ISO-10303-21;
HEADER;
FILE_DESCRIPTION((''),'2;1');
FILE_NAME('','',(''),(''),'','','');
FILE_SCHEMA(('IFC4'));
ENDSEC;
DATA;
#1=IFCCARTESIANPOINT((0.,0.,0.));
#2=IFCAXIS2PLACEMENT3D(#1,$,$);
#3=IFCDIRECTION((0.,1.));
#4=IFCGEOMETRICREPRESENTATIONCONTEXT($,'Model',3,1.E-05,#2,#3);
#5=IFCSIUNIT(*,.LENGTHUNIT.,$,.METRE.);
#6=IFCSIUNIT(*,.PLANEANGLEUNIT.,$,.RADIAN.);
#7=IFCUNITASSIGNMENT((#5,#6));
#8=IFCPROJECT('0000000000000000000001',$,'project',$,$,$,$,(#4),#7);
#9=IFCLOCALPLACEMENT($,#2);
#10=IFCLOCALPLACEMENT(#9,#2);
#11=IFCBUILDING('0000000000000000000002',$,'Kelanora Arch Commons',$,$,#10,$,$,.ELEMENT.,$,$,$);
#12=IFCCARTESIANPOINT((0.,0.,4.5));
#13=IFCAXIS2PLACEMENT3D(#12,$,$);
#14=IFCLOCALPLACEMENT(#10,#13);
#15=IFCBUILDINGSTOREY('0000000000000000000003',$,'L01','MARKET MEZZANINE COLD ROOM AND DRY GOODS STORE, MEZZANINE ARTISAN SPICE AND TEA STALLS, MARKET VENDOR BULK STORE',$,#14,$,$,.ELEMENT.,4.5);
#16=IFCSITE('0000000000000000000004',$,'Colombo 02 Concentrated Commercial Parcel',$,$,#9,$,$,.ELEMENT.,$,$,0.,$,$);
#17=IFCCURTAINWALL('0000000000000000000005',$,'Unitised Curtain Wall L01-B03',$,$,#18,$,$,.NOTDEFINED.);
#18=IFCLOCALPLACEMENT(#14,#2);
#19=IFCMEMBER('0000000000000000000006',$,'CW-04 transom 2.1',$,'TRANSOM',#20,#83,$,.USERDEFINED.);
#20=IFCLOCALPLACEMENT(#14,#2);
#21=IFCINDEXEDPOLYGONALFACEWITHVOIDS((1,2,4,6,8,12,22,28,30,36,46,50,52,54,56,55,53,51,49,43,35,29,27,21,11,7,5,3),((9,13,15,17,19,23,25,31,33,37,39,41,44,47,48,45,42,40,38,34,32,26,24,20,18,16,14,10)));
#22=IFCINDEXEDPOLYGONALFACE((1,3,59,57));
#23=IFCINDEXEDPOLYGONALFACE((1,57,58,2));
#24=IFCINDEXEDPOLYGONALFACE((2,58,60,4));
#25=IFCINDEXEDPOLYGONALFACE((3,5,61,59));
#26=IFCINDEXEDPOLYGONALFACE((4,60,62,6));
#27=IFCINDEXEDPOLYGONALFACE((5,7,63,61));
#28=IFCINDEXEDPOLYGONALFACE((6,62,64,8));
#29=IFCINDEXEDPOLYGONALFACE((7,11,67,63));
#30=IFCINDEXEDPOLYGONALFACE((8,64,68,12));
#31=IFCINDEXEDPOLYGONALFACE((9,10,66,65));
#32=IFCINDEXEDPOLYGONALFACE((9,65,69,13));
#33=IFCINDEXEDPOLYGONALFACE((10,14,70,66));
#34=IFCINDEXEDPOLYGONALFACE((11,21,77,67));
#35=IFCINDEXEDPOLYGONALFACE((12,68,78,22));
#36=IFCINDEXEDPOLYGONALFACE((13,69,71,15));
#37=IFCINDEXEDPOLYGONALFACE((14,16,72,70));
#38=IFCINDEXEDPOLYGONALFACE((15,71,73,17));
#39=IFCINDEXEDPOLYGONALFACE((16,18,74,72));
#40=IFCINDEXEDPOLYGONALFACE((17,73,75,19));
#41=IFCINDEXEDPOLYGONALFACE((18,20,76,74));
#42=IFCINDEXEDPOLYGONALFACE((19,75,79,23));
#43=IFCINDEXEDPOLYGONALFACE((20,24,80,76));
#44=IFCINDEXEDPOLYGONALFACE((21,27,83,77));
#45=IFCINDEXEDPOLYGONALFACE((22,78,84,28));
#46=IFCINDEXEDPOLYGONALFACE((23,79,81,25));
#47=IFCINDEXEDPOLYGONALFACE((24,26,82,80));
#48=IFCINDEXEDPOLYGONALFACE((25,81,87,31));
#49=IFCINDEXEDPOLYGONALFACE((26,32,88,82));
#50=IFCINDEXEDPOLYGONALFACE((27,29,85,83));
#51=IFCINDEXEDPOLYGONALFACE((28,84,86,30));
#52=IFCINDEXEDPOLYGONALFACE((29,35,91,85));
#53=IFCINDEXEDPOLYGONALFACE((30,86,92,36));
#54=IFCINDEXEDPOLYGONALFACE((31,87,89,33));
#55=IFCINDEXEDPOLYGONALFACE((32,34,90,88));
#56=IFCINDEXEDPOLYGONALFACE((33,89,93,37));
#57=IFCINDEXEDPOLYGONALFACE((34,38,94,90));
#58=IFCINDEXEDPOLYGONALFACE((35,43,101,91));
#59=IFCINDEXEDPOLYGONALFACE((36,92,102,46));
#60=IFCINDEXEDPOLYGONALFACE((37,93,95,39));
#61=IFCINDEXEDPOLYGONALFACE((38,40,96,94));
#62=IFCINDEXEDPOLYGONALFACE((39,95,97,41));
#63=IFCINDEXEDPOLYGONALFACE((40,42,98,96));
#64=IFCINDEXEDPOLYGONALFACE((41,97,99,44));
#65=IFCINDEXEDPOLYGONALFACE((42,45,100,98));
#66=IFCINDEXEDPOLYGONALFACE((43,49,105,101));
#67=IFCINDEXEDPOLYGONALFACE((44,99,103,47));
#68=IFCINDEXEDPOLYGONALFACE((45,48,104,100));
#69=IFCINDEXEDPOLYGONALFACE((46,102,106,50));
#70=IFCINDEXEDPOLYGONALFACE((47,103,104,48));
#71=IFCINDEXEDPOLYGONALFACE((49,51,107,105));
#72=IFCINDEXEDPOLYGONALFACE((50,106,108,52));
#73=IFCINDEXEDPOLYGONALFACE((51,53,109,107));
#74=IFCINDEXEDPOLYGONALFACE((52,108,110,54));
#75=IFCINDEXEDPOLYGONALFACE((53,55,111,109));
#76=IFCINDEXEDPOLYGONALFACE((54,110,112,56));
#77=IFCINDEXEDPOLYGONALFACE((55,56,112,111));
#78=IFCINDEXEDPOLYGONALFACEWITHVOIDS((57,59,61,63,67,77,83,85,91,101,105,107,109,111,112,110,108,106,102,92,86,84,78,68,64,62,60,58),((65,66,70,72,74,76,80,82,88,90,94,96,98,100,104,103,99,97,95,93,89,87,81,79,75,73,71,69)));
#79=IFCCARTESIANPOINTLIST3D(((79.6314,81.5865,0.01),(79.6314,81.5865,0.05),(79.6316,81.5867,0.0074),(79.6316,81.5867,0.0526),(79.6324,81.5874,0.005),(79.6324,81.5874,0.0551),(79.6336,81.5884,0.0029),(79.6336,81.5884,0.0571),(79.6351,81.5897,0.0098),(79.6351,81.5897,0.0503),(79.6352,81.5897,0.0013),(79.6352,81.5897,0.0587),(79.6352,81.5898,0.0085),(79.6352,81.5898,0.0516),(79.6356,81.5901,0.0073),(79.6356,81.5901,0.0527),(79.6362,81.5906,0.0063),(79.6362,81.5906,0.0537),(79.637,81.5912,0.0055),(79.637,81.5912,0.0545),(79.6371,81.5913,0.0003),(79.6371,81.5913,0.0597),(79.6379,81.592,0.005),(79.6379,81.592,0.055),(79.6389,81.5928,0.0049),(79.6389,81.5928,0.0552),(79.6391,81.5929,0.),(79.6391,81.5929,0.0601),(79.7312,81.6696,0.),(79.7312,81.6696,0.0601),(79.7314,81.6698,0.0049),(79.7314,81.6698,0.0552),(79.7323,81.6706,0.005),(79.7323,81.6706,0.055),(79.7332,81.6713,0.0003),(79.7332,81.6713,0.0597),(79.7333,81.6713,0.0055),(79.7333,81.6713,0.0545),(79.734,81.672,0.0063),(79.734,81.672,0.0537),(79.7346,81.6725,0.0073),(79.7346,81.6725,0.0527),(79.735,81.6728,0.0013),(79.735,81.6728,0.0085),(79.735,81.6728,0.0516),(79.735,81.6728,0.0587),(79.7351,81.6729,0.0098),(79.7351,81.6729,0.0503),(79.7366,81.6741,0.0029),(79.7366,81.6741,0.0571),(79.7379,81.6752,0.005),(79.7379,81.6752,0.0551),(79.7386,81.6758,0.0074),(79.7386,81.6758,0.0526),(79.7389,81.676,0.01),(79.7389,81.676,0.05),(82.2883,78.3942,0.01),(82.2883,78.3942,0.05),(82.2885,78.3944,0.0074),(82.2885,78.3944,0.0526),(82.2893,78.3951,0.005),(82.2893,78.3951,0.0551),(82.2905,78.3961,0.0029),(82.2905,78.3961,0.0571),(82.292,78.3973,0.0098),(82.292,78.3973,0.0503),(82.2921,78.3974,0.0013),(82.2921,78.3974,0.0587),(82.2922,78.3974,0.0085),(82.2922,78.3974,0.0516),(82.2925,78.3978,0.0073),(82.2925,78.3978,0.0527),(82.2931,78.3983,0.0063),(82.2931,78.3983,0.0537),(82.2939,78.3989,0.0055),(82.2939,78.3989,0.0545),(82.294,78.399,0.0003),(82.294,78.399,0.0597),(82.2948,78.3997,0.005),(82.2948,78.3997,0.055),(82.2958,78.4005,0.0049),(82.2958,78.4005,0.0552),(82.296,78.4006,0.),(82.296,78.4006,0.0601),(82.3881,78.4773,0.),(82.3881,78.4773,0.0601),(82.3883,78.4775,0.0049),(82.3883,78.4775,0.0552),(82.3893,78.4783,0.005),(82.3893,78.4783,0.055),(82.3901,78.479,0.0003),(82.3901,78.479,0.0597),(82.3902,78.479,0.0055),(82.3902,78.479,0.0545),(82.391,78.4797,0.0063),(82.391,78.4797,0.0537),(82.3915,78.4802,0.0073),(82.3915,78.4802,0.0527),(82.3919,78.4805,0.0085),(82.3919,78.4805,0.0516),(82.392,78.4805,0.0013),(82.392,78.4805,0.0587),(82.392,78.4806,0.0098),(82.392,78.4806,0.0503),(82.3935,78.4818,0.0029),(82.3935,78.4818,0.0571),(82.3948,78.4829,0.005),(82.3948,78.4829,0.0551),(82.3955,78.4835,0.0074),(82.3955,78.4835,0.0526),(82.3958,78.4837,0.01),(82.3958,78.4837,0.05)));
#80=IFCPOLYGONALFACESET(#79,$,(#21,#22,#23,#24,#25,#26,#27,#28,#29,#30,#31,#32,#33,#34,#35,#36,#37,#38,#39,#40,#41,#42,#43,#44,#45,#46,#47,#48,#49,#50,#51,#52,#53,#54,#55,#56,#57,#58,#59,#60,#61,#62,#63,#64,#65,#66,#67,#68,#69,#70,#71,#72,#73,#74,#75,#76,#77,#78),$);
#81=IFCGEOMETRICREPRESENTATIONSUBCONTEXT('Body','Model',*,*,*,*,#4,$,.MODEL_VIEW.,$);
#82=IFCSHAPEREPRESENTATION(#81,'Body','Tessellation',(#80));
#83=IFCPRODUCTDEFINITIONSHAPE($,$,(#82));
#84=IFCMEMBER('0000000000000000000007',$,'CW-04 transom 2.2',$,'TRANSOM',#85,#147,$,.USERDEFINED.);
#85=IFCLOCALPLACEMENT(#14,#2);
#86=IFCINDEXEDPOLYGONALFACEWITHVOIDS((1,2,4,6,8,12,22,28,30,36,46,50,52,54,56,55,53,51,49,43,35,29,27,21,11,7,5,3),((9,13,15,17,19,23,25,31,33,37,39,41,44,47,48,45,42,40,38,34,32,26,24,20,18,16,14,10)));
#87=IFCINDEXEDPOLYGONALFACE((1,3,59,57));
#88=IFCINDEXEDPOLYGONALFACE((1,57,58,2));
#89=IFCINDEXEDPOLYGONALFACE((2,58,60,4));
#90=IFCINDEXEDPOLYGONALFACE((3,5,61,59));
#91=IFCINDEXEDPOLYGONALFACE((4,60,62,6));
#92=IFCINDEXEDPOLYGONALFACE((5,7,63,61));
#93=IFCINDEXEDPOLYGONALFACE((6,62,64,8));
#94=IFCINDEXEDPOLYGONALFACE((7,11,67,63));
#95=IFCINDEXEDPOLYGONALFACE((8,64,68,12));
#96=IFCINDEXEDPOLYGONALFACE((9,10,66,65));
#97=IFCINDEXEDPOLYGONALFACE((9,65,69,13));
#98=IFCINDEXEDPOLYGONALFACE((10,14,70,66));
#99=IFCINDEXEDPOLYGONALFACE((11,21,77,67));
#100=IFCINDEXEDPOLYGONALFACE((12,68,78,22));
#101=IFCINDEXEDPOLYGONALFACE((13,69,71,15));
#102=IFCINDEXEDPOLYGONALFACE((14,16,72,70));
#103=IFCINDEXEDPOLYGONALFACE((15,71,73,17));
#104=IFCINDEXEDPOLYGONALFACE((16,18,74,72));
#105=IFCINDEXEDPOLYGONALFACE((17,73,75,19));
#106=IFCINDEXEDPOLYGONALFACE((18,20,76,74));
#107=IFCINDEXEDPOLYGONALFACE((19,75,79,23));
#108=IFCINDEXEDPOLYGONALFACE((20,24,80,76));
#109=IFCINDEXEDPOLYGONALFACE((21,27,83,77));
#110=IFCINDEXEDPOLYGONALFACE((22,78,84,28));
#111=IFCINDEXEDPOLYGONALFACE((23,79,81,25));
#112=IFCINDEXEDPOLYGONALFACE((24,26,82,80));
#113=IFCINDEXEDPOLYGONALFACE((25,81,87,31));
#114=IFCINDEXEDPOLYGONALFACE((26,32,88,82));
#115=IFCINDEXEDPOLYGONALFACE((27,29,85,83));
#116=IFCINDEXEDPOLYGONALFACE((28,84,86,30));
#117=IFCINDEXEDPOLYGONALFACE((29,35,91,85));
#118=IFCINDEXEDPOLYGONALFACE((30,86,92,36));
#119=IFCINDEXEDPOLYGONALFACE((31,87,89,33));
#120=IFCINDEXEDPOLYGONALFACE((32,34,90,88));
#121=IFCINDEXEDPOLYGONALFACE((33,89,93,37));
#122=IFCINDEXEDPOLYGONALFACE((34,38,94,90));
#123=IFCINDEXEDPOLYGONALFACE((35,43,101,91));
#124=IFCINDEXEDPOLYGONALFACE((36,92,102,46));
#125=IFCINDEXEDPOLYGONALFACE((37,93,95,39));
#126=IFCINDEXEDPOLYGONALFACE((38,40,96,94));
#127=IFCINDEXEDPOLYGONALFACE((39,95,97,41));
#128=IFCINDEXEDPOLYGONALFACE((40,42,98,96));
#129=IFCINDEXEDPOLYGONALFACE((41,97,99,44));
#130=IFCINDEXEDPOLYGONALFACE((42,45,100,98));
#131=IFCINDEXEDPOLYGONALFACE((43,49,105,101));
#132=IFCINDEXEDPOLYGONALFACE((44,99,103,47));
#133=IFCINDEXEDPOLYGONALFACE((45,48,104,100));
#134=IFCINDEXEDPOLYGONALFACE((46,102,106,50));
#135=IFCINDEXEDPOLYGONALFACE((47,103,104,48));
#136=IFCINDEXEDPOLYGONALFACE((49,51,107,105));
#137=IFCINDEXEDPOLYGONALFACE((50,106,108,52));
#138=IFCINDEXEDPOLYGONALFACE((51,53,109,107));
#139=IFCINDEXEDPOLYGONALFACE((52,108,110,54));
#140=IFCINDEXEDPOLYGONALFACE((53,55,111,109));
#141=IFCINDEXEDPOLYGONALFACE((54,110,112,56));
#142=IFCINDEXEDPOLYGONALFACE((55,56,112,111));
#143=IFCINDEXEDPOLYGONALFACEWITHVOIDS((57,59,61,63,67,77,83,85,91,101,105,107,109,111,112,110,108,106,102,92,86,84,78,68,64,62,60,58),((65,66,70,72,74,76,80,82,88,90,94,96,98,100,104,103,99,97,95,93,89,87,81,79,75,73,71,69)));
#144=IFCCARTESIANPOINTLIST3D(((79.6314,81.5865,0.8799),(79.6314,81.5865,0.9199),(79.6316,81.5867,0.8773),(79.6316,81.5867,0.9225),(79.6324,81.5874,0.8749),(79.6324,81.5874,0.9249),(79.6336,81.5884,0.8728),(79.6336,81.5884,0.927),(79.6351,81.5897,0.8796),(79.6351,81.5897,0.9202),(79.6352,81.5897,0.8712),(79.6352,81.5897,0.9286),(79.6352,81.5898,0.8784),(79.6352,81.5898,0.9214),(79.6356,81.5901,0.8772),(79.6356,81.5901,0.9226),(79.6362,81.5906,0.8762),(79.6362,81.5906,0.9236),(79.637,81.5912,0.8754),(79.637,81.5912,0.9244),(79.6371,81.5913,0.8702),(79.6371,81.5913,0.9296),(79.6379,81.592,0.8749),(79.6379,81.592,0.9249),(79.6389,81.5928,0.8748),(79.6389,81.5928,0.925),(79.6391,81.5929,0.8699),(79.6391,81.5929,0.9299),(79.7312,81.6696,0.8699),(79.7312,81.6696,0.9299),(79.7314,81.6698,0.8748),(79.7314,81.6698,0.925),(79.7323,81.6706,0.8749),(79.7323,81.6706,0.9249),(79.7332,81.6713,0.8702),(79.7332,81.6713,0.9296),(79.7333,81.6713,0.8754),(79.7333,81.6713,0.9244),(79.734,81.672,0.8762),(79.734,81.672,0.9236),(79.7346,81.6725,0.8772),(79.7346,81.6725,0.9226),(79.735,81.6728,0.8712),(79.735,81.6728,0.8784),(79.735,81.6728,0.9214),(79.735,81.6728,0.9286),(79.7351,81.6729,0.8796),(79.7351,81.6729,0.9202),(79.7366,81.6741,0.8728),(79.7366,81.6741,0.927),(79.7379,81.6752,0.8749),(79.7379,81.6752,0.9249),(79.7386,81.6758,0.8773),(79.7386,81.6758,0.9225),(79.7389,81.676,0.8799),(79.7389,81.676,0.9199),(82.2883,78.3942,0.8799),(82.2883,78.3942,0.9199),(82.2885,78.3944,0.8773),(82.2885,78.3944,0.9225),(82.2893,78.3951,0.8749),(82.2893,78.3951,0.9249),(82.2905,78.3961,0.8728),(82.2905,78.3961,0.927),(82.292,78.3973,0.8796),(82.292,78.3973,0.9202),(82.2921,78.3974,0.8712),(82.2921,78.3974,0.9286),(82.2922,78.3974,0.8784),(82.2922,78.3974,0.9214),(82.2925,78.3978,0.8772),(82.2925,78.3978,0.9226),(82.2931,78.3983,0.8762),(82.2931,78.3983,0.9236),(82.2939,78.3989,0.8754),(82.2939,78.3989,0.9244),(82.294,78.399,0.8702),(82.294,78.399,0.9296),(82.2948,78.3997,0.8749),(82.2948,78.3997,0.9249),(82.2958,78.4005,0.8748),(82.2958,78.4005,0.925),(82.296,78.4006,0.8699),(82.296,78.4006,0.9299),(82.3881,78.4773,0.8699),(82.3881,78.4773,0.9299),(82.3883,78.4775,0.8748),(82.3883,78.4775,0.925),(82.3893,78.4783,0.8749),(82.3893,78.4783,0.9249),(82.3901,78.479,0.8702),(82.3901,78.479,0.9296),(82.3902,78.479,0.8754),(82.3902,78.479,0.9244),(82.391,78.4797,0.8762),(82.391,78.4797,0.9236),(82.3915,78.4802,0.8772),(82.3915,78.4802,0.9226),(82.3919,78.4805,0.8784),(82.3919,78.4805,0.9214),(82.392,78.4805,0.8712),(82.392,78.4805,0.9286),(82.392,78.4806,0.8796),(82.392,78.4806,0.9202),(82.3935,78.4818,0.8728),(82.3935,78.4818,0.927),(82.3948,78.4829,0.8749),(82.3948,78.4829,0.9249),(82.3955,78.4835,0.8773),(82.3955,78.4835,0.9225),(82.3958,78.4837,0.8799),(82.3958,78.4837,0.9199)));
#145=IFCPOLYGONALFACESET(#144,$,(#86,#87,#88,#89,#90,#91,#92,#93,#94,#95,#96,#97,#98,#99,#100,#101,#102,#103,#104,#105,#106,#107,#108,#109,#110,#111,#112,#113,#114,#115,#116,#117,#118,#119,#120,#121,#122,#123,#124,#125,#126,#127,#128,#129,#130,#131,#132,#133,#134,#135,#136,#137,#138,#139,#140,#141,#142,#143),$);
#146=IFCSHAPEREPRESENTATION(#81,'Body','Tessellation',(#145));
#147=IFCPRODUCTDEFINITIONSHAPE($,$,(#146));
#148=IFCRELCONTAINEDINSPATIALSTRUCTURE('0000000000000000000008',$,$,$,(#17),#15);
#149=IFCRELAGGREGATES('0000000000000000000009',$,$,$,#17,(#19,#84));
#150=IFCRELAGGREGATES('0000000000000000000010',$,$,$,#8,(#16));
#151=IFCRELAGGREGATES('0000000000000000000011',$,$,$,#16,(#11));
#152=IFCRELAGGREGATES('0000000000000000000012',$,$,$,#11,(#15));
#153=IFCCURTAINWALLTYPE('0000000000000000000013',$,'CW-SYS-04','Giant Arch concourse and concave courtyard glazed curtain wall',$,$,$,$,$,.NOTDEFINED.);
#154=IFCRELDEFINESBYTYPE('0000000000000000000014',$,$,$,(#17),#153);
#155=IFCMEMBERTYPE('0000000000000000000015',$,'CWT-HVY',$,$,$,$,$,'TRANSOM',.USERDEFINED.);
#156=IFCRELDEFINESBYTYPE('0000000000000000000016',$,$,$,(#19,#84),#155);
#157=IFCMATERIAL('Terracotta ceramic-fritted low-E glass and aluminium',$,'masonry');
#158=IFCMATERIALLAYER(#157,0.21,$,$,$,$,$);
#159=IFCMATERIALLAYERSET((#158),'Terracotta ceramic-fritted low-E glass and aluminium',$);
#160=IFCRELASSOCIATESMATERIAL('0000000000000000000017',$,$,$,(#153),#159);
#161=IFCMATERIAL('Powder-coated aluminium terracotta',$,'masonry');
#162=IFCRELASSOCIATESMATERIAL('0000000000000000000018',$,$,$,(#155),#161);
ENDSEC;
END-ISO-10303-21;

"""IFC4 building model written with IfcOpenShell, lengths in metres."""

from ifc_helpers import new_model, si_unit, direction, frame, origin, origin_2d, place, context, subcontext, project, spatial, hollow_rectangle, extrude, material, layer, layer_set, material_profile, profile_set, type_object, element, aggregate, save


model = new_model("IFC4")

# Units and contexts
model_context = context("Model", 3, precision=1e-05, world=origin(), true_north=direction((0.0, 1.0)))
body_context = subcontext(model_context, "Body", "Model", "MODEL_VIEW")
ifc_project = project(units=[si_unit("LENGTHUNIT", "METRE"), si_unit("PLANEANGLEUNIT", "RADIAN")], contexts=[model_context])

# Site, building, storey
site_placement = place(None, origin())
site = spatial("IfcSite", under=ifc_project, at=site_placement, Name="Colombo 02 Concentrated Commercial Parcel", CompositionType="ELEMENT", RefElevation=0.0)
building_placement = place(site_placement, origin())
building = spatial("IfcBuilding", under=site, at=building_placement, Name="Kelanora Arch Commons", CompositionType="ELEMENT")
storey_placement = place(building_placement, frame((0.0, 0.0, 4.5)))
storey = spatial("IfcBuildingStorey", under=building, at=storey_placement, Name="L01", Description="MARKET MEZZANINE COLD ROOM AND DRY GOODS STORE, MEZZANINE ARTISAN SPICE AND TEA STALLS, MARKET VENDOR BULK STORE", CompositionType="ELEMENT", Elevation=4.5)

# Shared definitions
ifc_material_1 = material(Name="Terracotta ceramic-fritted low-E glass and aluminium", Category="masonry")
ifc_layer_1 = layer(ifc_material_1, 0.21)
ifc_layer_set_1 = layer_set([ifc_layer_1], Name="Terracotta ceramic-fritted low-E glass and aluminium")
curtain_wall_type = type_object("IfcCurtainWallType", Name="CW-SYS-04", Description="Giant Arch concourse and concave courtyard glazed curtain wall", PredefinedType="NOTDEFINED", material=ifc_layer_set_1)
ifc_material_2 = material(Name="Powder-coated aluminium terracotta", Category="masonry")

# Curtain wall
curtain_wall_1_placement = place(storey_placement, origin())
curtain_wall_1 = element("IfcCurtainWall", 1, at=curtain_wall_1_placement, inside=storey, type_object=curtain_wall_type, Name="Unitised Curtain Wall L01-B03", PredefinedType="NOTDEFINED")

# Members
ifc_material_profile_1 = material_profile(ifc_material_2, hollow_rectangle(XDim=0.1399, YDim=0.0601, WallThickness=0.0049, InnerFilletRadius=0.0049, OuterFilletRadius=0.01, at=origin_2d()), Name="CWT140x60")
ifc_profile_set_1 = profile_set([ifc_material_profile_1], Name="Powder-coated aluminium terracotta")
member_type_1 = type_object("IfcMemberType", Name="CWT-HVY", ElementType="TRANSOM", PredefinedType="USERDEFINED", material=ifc_profile_set_1)
member_1_placement = place(storey_placement, frame((82.342, 78.439, 0.03), z_axis=(-0.63971, 0.768616, 0.0), x_axis=(-0.768616, -0.63971, 0.0)))
member_1 = element("IfcMember", 2, at=member_1_placement, type_object=member_type_1, Name="CW-04 transom 2.1", ObjectType="TRANSOM", PredefinedType="USERDEFINED", context=body_context, shape_type="SweptSolid", body=[
    extrude(hollow_rectangle(XDim=0.1399, YDim=0.0601, WallThickness=0.0049, InnerFilletRadius=0.0049, OuterFilletRadius=0.01, at=origin_2d()), origin(), (0.0, 0.0, 1.0), 4.1533),
])
member_2_placement = place(storey_placement, frame((82.342, 78.439, 0.8999), z_axis=(-0.63971, 0.768616, 0.0), x_axis=(-0.768616, -0.63971, 0.0)))
member_2 = element("IfcMember", 3, at=member_2_placement, type_object=member_type_1, Name="CW-04 transom 2.2", ObjectType="TRANSOM", PredefinedType="USERDEFINED", context=body_context, shape_type="SweptSolid", body=[
    extrude(hollow_rectangle(XDim=0.1399, YDim=0.0601, WallThickness=0.0049, InnerFilletRadius=0.0049, OuterFilletRadius=0.01, at=origin_2d()), origin(), (0.0, 0.0, 1.0), 4.1533),
])

aggregate(curtain_wall_1, [member_1, member_2])

save(model, "model.ifc")
